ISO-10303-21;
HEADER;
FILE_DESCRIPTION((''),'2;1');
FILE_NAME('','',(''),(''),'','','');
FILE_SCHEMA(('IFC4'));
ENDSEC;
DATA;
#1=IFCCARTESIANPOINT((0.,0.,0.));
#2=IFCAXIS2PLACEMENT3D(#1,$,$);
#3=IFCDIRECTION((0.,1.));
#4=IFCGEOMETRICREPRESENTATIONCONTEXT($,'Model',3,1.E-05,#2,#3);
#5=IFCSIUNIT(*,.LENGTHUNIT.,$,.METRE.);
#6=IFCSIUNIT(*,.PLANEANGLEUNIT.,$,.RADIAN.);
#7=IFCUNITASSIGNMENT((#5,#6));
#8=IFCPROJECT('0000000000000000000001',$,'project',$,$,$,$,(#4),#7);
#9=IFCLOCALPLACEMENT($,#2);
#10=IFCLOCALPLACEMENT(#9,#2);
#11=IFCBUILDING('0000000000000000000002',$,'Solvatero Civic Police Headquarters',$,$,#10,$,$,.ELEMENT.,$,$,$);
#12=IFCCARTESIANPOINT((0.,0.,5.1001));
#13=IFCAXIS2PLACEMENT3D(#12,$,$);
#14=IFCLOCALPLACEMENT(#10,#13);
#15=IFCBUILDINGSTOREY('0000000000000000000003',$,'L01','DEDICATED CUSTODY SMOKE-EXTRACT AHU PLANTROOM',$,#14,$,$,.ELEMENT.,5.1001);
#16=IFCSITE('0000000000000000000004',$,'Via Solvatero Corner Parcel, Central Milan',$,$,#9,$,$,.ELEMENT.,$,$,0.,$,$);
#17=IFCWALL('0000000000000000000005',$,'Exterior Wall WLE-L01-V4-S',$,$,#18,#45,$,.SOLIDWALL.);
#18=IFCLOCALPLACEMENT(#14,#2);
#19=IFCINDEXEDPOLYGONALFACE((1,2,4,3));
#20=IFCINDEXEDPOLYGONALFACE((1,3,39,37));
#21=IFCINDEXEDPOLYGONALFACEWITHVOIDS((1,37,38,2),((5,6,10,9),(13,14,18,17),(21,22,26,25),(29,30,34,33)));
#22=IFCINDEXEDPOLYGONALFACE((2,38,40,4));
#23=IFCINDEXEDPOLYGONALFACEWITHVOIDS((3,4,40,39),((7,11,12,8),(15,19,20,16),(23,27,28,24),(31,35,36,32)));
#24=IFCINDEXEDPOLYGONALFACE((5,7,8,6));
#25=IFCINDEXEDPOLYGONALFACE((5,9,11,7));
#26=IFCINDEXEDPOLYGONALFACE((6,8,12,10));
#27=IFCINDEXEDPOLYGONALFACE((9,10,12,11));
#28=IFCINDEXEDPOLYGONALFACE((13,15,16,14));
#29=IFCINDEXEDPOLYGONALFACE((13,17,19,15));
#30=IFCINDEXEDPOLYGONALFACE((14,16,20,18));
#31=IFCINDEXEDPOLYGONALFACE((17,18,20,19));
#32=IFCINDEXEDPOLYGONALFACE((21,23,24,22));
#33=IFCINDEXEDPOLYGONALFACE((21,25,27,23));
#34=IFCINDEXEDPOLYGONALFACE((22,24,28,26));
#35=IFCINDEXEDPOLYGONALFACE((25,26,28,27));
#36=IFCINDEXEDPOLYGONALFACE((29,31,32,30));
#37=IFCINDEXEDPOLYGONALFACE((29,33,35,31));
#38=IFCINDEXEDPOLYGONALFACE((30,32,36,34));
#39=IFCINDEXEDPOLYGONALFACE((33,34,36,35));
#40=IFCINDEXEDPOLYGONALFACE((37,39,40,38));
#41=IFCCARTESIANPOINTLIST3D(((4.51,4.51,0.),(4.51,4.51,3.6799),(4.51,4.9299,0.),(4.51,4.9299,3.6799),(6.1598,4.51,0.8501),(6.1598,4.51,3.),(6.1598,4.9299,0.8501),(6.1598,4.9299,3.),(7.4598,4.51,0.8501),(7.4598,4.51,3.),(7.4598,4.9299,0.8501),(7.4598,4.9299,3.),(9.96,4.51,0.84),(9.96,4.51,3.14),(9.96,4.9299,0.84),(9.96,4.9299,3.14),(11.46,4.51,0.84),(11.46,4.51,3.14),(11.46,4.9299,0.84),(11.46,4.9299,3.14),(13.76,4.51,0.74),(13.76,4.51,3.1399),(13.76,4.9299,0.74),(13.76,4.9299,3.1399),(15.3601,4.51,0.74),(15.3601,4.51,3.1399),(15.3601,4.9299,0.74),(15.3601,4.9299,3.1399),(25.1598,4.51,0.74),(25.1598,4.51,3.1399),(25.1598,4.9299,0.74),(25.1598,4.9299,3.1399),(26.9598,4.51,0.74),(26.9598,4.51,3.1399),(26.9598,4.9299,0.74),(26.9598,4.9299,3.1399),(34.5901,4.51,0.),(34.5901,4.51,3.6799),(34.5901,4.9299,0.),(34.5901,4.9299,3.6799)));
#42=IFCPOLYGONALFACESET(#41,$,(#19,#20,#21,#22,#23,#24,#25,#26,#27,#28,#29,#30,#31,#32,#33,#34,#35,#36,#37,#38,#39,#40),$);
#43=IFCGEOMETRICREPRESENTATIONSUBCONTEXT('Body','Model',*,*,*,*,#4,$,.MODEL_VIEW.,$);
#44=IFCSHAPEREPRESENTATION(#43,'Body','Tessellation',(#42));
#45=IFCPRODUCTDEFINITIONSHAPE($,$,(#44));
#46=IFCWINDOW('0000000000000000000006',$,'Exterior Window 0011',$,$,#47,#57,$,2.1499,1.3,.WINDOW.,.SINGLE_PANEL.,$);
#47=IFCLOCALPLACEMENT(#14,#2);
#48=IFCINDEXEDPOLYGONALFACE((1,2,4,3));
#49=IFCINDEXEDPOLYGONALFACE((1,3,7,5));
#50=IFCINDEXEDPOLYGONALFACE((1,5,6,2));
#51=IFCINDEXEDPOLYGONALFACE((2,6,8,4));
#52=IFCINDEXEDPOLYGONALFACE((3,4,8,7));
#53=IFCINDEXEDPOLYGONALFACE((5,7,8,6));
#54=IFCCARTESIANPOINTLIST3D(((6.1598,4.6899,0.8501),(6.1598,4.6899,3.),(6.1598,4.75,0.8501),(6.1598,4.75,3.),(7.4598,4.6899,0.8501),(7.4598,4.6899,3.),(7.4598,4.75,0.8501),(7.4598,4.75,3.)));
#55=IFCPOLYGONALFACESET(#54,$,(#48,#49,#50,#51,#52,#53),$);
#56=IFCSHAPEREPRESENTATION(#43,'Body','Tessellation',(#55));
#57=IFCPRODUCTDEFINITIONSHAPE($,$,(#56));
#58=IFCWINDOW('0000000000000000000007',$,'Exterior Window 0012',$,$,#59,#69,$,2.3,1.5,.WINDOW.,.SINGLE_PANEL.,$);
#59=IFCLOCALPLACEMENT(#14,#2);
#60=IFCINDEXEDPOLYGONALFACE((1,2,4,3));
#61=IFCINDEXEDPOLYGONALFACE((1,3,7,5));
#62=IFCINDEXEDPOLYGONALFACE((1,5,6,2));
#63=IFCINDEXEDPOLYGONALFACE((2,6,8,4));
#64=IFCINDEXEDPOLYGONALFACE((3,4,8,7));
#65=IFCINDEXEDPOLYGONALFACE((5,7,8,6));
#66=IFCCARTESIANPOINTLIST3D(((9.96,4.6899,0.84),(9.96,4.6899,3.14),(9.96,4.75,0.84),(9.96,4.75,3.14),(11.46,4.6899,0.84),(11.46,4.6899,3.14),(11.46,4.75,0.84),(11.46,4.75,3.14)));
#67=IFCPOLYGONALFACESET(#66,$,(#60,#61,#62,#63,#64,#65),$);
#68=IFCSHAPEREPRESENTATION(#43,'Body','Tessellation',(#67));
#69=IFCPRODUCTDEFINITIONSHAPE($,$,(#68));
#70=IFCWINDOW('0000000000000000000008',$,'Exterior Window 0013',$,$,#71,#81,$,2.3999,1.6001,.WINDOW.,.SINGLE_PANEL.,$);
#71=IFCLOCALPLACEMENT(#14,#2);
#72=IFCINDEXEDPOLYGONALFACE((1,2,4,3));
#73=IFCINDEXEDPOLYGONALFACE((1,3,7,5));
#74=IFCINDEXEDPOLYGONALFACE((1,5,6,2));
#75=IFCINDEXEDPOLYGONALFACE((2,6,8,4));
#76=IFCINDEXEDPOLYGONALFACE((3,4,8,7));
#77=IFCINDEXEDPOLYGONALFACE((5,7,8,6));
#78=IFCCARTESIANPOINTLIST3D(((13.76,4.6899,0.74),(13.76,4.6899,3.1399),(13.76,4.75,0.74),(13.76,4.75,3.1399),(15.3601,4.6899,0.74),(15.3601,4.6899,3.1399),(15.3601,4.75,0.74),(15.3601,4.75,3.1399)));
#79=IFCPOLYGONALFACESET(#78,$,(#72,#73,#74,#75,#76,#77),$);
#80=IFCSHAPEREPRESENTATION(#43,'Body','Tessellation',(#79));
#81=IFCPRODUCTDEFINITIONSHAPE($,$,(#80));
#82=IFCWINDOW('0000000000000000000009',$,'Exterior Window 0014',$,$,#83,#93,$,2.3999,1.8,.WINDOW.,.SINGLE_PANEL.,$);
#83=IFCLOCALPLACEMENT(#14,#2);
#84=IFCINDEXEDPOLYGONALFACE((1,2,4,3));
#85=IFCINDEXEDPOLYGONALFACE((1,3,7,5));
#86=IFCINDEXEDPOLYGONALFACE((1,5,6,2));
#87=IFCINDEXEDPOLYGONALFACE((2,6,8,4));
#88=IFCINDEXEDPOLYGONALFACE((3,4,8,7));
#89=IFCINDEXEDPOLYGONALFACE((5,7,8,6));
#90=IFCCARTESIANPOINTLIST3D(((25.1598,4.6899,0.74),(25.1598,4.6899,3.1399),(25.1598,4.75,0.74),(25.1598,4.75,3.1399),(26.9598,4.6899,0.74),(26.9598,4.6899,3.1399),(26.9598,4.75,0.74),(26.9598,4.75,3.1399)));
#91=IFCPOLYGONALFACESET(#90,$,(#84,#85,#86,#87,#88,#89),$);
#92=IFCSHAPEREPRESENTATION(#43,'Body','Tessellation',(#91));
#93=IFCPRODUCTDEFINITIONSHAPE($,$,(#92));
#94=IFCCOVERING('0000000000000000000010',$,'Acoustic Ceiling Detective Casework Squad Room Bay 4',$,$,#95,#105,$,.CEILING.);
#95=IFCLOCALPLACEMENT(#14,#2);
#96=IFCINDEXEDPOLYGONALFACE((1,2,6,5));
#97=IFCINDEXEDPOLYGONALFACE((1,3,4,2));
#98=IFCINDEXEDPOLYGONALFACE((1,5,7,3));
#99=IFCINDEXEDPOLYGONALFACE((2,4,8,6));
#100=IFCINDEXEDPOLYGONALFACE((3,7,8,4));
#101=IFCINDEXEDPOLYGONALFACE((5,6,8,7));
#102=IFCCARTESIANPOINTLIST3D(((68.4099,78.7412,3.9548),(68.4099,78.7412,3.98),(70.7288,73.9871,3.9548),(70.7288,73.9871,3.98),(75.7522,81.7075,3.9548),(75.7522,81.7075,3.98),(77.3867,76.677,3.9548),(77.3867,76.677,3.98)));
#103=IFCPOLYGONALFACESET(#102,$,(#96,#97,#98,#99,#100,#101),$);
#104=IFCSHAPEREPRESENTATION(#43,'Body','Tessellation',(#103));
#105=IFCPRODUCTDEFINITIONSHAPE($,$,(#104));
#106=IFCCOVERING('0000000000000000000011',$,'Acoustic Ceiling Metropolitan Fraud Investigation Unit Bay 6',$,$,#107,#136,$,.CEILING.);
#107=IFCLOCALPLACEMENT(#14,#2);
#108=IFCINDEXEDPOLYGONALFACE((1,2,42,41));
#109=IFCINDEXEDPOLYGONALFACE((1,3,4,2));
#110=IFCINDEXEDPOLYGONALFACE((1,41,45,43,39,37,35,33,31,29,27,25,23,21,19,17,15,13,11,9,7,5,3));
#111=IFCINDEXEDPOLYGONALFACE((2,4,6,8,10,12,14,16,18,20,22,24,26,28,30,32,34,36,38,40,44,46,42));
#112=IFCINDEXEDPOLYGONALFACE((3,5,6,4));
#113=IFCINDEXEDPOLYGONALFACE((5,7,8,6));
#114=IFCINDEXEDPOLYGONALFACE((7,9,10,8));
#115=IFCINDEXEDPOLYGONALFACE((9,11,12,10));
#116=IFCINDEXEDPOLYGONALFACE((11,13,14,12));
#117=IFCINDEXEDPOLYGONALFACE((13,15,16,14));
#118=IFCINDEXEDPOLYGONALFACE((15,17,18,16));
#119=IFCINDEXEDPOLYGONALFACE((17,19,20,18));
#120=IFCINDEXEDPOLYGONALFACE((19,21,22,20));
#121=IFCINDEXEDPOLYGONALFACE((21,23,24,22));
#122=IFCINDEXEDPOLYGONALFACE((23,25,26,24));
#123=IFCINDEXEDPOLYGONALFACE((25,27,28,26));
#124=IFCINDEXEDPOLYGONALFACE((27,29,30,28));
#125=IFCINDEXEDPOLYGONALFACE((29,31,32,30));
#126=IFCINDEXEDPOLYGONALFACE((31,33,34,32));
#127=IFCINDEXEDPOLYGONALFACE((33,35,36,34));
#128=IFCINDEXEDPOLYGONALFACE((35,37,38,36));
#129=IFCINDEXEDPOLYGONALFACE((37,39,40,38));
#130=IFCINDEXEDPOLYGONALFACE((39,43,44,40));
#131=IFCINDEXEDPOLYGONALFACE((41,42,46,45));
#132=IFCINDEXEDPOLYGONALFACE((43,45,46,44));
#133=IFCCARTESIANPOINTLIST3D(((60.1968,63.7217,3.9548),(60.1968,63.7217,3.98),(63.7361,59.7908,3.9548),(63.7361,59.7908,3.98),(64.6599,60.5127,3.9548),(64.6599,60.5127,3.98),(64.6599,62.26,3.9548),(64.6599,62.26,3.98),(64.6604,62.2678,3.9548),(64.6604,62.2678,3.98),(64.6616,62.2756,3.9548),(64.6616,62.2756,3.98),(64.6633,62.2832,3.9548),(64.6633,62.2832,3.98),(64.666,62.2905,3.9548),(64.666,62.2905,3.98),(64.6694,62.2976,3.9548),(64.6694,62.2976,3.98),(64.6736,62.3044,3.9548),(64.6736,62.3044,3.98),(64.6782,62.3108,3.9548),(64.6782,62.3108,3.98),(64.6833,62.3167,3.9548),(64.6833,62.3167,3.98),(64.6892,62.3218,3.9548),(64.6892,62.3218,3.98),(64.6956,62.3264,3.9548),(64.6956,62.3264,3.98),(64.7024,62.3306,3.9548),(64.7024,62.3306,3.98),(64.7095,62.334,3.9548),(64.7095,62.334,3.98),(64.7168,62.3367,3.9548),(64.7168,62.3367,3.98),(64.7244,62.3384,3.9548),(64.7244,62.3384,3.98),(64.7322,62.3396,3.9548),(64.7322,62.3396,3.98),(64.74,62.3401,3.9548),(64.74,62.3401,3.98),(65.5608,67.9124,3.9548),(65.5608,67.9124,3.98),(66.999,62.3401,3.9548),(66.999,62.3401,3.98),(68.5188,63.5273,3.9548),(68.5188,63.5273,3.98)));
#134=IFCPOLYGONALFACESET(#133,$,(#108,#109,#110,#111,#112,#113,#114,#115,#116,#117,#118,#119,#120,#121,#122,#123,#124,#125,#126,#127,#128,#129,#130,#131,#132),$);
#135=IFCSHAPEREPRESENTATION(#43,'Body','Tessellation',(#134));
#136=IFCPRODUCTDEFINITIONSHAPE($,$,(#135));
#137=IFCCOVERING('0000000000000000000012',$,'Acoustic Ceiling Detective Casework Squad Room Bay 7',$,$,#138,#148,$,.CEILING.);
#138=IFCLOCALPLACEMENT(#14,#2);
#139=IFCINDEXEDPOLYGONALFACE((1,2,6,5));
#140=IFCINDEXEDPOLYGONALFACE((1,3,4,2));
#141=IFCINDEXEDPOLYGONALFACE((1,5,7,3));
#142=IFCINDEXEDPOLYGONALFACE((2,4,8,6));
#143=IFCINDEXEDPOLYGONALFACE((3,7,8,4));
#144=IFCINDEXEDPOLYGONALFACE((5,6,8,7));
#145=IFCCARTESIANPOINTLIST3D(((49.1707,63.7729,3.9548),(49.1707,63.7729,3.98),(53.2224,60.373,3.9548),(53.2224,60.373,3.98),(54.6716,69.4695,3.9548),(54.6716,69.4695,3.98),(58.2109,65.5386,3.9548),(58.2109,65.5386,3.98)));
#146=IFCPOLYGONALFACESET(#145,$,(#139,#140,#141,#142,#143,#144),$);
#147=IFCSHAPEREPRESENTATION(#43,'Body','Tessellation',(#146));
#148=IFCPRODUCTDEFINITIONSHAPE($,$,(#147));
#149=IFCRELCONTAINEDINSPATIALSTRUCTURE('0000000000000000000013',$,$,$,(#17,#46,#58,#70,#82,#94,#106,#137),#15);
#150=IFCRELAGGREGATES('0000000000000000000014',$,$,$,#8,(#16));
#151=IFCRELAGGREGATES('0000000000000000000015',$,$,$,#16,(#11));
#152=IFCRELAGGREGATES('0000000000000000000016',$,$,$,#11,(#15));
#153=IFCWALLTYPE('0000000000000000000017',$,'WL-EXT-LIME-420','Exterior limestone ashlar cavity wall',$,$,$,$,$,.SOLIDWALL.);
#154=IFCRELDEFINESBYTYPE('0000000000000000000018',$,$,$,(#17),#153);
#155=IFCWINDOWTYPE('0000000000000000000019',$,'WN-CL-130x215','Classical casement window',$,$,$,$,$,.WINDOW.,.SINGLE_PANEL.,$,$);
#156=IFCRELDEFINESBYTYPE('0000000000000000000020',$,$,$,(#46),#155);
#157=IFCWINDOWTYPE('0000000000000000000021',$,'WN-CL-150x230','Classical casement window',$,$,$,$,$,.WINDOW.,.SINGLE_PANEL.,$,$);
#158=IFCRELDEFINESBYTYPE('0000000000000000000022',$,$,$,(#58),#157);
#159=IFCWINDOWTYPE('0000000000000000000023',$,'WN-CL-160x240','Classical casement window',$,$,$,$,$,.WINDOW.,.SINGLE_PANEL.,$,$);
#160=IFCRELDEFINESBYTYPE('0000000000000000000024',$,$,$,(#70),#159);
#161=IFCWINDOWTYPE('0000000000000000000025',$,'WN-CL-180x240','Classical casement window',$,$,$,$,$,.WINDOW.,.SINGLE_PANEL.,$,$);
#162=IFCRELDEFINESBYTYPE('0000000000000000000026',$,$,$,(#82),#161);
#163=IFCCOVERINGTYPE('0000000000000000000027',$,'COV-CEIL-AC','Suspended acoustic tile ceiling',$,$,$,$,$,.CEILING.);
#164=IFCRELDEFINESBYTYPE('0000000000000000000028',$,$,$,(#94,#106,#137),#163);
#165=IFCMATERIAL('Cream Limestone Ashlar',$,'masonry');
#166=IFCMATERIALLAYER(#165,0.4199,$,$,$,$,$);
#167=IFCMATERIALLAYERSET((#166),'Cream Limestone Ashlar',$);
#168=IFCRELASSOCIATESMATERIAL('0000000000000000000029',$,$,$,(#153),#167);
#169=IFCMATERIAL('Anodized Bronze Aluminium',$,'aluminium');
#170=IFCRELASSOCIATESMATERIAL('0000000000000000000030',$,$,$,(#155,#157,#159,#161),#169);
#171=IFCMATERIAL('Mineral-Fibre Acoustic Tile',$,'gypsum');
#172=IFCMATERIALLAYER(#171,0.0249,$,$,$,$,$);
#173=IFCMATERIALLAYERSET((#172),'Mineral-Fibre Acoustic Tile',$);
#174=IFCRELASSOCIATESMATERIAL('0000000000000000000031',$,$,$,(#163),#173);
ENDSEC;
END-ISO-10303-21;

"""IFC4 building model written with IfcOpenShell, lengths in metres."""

from ifc_helpers import new_model, si_unit, direction, frame, frame_2d, origin, place, context, subcontext, project, spatial, polyline, rectangle, outline, extrude, material, layer, layer_set, type_object, element, fill, save


model = new_model("IFC4")

# Units and contexts
model_context = context("Model", 3, precision=1e-05, world=origin(), true_north=direction((0.0, 1.0)))
body_context = subcontext(model_context, "Body", "Model", "MODEL_VIEW")
ifc_project = project(units=[si_unit("LENGTHUNIT", "METRE"), si_unit("PLANEANGLEUNIT", "RADIAN")], contexts=[model_context])

# Site, building, storey
site_placement = place(None, origin())
site = spatial("IfcSite", under=ifc_project, at=site_placement, Name="Via Solvatero Corner Parcel, Central Milan", CompositionType="ELEMENT", RefElevation=0.0)
building_placement = place(site_placement, origin())
building = spatial("IfcBuilding", under=site, at=building_placement, Name="Solvatero Civic Police Headquarters", CompositionType="ELEMENT")
storey_placement = place(building_placement, frame((0.0, 0.0, 5.1001)))
storey = spatial("IfcBuildingStorey", under=building, at=storey_placement, Name="L01", Description="DEDICATED CUSTODY SMOKE-EXTRACT AHU PLANTROOM", CompositionType="ELEMENT", Elevation=5.1001)

# Wall, openings, windows
ifc_material_1 = material(Name="Cream Limestone Ashlar", Category="masonry")
ifc_layer_1 = layer(ifc_material_1, 0.4199)
ifc_layer_set_1 = layer_set([ifc_layer_1], Name="Cream Limestone Ashlar")
wall_type = type_object("IfcWallType", Name="WL-EXT-LIME-420", Description="Exterior limestone ashlar cavity wall", PredefinedType="SOLIDWALL", material=ifc_layer_set_1)
wall_placement = place(storey_placement, frame((4.51, 4.72, 0.0), z_axis=(0.0, 0.0, 1.0), x_axis=(1.0, 0.0, 0.0)))
wall = element("IfcWall", 1, at=wall_placement, inside=storey, type_object=wall_type, Name="Exterior Wall WLE-L01-V4-S", PredefinedType="SOLIDWALL", context=body_context, shape_type="SweptSolid", body=[
    extrude(rectangle(XDim=30.0801, YDim=0.4199, at=frame_2d((15.04, 0.0))), origin(), (0.0, 0.0, 1.0), 3.6799),
])
opening_1_placement = place(wall_placement, frame((1.6499, 0.0, 0.8501)))
opening_1 = element("IfcOpeningElement", 2, at=opening_1_placement, cuts=wall, PredefinedType="OPENING", context=body_context, shape_type="SweptSolid", body=[
    extrude(rectangle(XDim=1.3, YDim=2.1499, at=frame_2d((0.6499, 1.075))), frame((0.0, 0.22, 0.0), z_axis=(0.0, -1.0, 0.0), x_axis=(1.0, 0.0, 0.0)), (0.0, 0.0, 1.0), 0.4399),
])
opening_2_placement = place(wall_placement, frame((5.45, 0.0, 0.8401)))
opening_2 = element("IfcOpeningElement", 3, at=opening_2_placement, cuts=wall, PredefinedType="OPENING", context=body_context, shape_type="SweptSolid", body=[
    extrude(rectangle(XDim=1.5, YDim=2.3, at=frame_2d((0.75, 1.1499))), frame((0.0, 0.22, 0.0), z_axis=(0.0, -1.0, 0.0), x_axis=(1.0, 0.0, 0.0)), (0.0, 0.0, 1.0), 0.4399),
])
opening_3_placement = place(wall_placement, frame((9.25, 0.0, 0.74)))
opening_3 = element("IfcOpeningElement", 4, at=opening_3_placement, cuts=wall, PredefinedType="OPENING", context=body_context, shape_type="SweptSolid", body=[
    extrude(rectangle(XDim=1.6001, YDim=2.3999, at=frame_2d((0.8, 1.2))), frame((0.0, 0.22, 0.0), z_axis=(0.0, -1.0, 0.0), x_axis=(1.0, 0.0, 0.0)), (0.0, 0.0, 1.0), 0.4399),
])
opening_4_placement = place(wall_placement, frame((20.6499, 0.0, 0.74)))
opening_4 = element("IfcOpeningElement", 5, at=opening_4_placement, cuts=wall, PredefinedType="OPENING", context=body_context, shape_type="SweptSolid", body=[
    extrude(rectangle(XDim=1.8, YDim=2.3999, at=frame_2d((0.8999, 1.2))), frame((0.0, 0.22, 0.0), z_axis=(0.0, -1.0, 0.0), x_axis=(1.0, 0.0, 0.0)), (0.0, 0.0, 1.0), 0.4399),
])
ifc_material_2 = material(Name="Anodized Bronze Aluminium", Category="aluminium")
window_type_1 = type_object("IfcWindowType", Name="WN-CL-130x215", Description="Classical casement window", PartitioningType="SINGLE_PANEL", PredefinedType="WINDOW", material=ifc_material_2)
window_1_placement = place(opening_1_placement, origin())
window_1 = element("IfcWindow", 6, at=window_1_placement, inside=storey, type_object=window_type_1, Name="Exterior Window 0011", OverallHeight=2.1499, OverallWidth=1.3, PartitioningType="SINGLE_PANEL", PredefinedType="WINDOW", context=body_context, shape_type="SweptSolid", body=[
    extrude(rectangle(XDim=1.3, YDim=2.1499, at=frame_2d((0.6499, 1.075))), frame((0.0, 0.03, 0.0), z_axis=(0.0, -1.0, 0.0), x_axis=(1.0, 0.0, 0.0)), (0.0, 0.0, 1.0), 0.0601),
])
fill(opening_1, window_1)
window_type_2 = type_object("IfcWindowType", Name="WN-CL-150x230", Description="Classical casement window", PartitioningType="SINGLE_PANEL", PredefinedType="WINDOW", material=ifc_material_2)
window_2_placement = place(opening_2_placement, origin())
window_2 = element("IfcWindow", 7, at=window_2_placement, inside=storey, type_object=window_type_2, Name="Exterior Window 0012", OverallHeight=2.3, OverallWidth=1.5, PartitioningType="SINGLE_PANEL", PredefinedType="WINDOW", context=body_context, shape_type="SweptSolid", body=[
    extrude(rectangle(XDim=1.5, YDim=2.3, at=frame_2d((0.75, 1.1499))), frame((0.0, 0.03, 0.0), z_axis=(0.0, -1.0, 0.0), x_axis=(1.0, 0.0, 0.0)), (0.0, 0.0, 1.0), 0.0601),
])
fill(opening_2, window_2)
window_type_3 = type_object("IfcWindowType", Name="WN-CL-160x240", Description="Classical casement window", PartitioningType="SINGLE_PANEL", PredefinedType="WINDOW", material=ifc_material_2)
window_3_placement = place(opening_3_placement, origin())
window_3 = element("IfcWindow", 8, at=window_3_placement, inside=storey, type_object=window_type_3, Name="Exterior Window 0013", OverallHeight=2.3999, OverallWidth=1.6001, PartitioningType="SINGLE_PANEL", PredefinedType="WINDOW", context=body_context, shape_type="SweptSolid", body=[
    extrude(rectangle(XDim=1.6001, YDim=2.3999, at=frame_2d((0.8, 1.2))), frame((0.0, 0.03, 0.0), z_axis=(0.0, -1.0, 0.0), x_axis=(1.0, 0.0, 0.0)), (0.0, 0.0, 1.0), 0.0601),
])
fill(opening_3, window_3)
window_type_4 = type_object("IfcWindowType", Name="WN-CL-180x240", Description="Classical casement window", PartitioningType="SINGLE_PANEL", PredefinedType="WINDOW", material=ifc_material_2)
window_4_placement = place(opening_4_placement, origin())
window_4 = element("IfcWindow", 9, at=window_4_placement, inside=storey, type_object=window_type_4, Name="Exterior Window 0014", OverallHeight=2.3999, OverallWidth=1.8, PartitioningType="SINGLE_PANEL", PredefinedType="WINDOW", context=body_context, shape_type="SweptSolid", body=[
    extrude(rectangle(XDim=1.8, YDim=2.3999, at=frame_2d((0.8999, 1.2))), frame((0.0, 0.03, 0.0), z_axis=(0.0, -1.0, 0.0), x_axis=(1.0, 0.0, 0.0)), (0.0, 0.0, 1.0), 0.0601),
])
fill(opening_4, window_4)

# Coverings
ifc_material_3 = material(Name="Mineral-Fibre Acoustic Tile", Category="gypsum")
ifc_layer_2 = layer(ifc_material_3, 0.0249)
ifc_layer_set_2 = layer_set([ifc_layer_2], Name="Mineral-Fibre Acoustic Tile")
covering_type_1 = type_object("IfcCoveringType", Name="COV-CEIL-AC", Description="Suspended acoustic tile ceiling", PredefinedType="CEILING", material=ifc_layer_set_2)
covering_1_placement = place(storey_placement, frame((0.0, 0.0, 3.9548)))
element("IfcCovering", 10, at=covering_1_placement, inside=storey, type_object=covering_type_1, Name="Acoustic Ceiling Detective Casework Squad Room Bay 4", PredefinedType="CEILING", context=body_context, shape_type="SweptSolid", body=[
    extrude(outline(polyline([(70.7288, 73.9871), (68.4099, 78.7412), (75.7522, 81.7075), (77.3867, 76.677), (70.7288, 73.9871)])), origin(), (0.0, 0.0, 1.0), 0.0251),
])
covering_2_placement = place(storey_placement, frame((0.0, 0.0, 3.9548)))
element("IfcCovering", 11, at=covering_2_placement, inside=storey, type_object=covering_type_1, Name="Acoustic Ceiling Metropolitan Fraud Investigation Unit Bay 6", PredefinedType="CEILING", context=body_context, shape_type="SweptSolid", body=[
    extrude(outline(polyline([(63.7361, 59.7908), (60.1968, 63.7217), (65.5608, 67.9124), (68.5188, 63.5273), (66.999, 62.3401), (64.74, 62.3401), (64.7322, 62.3396), (64.7244, 62.3384), (64.7168, 62.3367), (64.7095, 62.334), (64.7024, 62.3306), (64.6956, 62.3264), (64.6892, 62.3218), (64.6833, 62.3167), (64.6782, 62.3108), (64.6736, 62.3044), (64.6694, 62.2976), (64.666, 62.2905), (64.6633, 62.2832), (64.6616, 62.2756), (64.6604, 62.2678), (64.6599, 62.26), (64.6599, 60.5127), (63.7361, 59.7908)])), origin(), (0.0, 0.0, 1.0), 0.0251),
])
covering_3_placement = place(storey_placement, frame((0.0, 0.0, 3.9548)))
element("IfcCovering", 12, at=covering_3_placement, inside=storey, type_object=covering_type_1, Name="Acoustic Ceiling Detective Casework Squad Room Bay 7", PredefinedType="CEILING", context=body_context, shape_type="SweptSolid", body=[
    extrude(outline(polyline([(53.2224, 60.373), (49.1707, 63.7729), (54.6716, 69.4695), (58.2109, 65.5386), (53.2224, 60.373)])), origin(), (0.0, 0.0, 1.0), 0.0251),
])

save(model, "model.ifc")
